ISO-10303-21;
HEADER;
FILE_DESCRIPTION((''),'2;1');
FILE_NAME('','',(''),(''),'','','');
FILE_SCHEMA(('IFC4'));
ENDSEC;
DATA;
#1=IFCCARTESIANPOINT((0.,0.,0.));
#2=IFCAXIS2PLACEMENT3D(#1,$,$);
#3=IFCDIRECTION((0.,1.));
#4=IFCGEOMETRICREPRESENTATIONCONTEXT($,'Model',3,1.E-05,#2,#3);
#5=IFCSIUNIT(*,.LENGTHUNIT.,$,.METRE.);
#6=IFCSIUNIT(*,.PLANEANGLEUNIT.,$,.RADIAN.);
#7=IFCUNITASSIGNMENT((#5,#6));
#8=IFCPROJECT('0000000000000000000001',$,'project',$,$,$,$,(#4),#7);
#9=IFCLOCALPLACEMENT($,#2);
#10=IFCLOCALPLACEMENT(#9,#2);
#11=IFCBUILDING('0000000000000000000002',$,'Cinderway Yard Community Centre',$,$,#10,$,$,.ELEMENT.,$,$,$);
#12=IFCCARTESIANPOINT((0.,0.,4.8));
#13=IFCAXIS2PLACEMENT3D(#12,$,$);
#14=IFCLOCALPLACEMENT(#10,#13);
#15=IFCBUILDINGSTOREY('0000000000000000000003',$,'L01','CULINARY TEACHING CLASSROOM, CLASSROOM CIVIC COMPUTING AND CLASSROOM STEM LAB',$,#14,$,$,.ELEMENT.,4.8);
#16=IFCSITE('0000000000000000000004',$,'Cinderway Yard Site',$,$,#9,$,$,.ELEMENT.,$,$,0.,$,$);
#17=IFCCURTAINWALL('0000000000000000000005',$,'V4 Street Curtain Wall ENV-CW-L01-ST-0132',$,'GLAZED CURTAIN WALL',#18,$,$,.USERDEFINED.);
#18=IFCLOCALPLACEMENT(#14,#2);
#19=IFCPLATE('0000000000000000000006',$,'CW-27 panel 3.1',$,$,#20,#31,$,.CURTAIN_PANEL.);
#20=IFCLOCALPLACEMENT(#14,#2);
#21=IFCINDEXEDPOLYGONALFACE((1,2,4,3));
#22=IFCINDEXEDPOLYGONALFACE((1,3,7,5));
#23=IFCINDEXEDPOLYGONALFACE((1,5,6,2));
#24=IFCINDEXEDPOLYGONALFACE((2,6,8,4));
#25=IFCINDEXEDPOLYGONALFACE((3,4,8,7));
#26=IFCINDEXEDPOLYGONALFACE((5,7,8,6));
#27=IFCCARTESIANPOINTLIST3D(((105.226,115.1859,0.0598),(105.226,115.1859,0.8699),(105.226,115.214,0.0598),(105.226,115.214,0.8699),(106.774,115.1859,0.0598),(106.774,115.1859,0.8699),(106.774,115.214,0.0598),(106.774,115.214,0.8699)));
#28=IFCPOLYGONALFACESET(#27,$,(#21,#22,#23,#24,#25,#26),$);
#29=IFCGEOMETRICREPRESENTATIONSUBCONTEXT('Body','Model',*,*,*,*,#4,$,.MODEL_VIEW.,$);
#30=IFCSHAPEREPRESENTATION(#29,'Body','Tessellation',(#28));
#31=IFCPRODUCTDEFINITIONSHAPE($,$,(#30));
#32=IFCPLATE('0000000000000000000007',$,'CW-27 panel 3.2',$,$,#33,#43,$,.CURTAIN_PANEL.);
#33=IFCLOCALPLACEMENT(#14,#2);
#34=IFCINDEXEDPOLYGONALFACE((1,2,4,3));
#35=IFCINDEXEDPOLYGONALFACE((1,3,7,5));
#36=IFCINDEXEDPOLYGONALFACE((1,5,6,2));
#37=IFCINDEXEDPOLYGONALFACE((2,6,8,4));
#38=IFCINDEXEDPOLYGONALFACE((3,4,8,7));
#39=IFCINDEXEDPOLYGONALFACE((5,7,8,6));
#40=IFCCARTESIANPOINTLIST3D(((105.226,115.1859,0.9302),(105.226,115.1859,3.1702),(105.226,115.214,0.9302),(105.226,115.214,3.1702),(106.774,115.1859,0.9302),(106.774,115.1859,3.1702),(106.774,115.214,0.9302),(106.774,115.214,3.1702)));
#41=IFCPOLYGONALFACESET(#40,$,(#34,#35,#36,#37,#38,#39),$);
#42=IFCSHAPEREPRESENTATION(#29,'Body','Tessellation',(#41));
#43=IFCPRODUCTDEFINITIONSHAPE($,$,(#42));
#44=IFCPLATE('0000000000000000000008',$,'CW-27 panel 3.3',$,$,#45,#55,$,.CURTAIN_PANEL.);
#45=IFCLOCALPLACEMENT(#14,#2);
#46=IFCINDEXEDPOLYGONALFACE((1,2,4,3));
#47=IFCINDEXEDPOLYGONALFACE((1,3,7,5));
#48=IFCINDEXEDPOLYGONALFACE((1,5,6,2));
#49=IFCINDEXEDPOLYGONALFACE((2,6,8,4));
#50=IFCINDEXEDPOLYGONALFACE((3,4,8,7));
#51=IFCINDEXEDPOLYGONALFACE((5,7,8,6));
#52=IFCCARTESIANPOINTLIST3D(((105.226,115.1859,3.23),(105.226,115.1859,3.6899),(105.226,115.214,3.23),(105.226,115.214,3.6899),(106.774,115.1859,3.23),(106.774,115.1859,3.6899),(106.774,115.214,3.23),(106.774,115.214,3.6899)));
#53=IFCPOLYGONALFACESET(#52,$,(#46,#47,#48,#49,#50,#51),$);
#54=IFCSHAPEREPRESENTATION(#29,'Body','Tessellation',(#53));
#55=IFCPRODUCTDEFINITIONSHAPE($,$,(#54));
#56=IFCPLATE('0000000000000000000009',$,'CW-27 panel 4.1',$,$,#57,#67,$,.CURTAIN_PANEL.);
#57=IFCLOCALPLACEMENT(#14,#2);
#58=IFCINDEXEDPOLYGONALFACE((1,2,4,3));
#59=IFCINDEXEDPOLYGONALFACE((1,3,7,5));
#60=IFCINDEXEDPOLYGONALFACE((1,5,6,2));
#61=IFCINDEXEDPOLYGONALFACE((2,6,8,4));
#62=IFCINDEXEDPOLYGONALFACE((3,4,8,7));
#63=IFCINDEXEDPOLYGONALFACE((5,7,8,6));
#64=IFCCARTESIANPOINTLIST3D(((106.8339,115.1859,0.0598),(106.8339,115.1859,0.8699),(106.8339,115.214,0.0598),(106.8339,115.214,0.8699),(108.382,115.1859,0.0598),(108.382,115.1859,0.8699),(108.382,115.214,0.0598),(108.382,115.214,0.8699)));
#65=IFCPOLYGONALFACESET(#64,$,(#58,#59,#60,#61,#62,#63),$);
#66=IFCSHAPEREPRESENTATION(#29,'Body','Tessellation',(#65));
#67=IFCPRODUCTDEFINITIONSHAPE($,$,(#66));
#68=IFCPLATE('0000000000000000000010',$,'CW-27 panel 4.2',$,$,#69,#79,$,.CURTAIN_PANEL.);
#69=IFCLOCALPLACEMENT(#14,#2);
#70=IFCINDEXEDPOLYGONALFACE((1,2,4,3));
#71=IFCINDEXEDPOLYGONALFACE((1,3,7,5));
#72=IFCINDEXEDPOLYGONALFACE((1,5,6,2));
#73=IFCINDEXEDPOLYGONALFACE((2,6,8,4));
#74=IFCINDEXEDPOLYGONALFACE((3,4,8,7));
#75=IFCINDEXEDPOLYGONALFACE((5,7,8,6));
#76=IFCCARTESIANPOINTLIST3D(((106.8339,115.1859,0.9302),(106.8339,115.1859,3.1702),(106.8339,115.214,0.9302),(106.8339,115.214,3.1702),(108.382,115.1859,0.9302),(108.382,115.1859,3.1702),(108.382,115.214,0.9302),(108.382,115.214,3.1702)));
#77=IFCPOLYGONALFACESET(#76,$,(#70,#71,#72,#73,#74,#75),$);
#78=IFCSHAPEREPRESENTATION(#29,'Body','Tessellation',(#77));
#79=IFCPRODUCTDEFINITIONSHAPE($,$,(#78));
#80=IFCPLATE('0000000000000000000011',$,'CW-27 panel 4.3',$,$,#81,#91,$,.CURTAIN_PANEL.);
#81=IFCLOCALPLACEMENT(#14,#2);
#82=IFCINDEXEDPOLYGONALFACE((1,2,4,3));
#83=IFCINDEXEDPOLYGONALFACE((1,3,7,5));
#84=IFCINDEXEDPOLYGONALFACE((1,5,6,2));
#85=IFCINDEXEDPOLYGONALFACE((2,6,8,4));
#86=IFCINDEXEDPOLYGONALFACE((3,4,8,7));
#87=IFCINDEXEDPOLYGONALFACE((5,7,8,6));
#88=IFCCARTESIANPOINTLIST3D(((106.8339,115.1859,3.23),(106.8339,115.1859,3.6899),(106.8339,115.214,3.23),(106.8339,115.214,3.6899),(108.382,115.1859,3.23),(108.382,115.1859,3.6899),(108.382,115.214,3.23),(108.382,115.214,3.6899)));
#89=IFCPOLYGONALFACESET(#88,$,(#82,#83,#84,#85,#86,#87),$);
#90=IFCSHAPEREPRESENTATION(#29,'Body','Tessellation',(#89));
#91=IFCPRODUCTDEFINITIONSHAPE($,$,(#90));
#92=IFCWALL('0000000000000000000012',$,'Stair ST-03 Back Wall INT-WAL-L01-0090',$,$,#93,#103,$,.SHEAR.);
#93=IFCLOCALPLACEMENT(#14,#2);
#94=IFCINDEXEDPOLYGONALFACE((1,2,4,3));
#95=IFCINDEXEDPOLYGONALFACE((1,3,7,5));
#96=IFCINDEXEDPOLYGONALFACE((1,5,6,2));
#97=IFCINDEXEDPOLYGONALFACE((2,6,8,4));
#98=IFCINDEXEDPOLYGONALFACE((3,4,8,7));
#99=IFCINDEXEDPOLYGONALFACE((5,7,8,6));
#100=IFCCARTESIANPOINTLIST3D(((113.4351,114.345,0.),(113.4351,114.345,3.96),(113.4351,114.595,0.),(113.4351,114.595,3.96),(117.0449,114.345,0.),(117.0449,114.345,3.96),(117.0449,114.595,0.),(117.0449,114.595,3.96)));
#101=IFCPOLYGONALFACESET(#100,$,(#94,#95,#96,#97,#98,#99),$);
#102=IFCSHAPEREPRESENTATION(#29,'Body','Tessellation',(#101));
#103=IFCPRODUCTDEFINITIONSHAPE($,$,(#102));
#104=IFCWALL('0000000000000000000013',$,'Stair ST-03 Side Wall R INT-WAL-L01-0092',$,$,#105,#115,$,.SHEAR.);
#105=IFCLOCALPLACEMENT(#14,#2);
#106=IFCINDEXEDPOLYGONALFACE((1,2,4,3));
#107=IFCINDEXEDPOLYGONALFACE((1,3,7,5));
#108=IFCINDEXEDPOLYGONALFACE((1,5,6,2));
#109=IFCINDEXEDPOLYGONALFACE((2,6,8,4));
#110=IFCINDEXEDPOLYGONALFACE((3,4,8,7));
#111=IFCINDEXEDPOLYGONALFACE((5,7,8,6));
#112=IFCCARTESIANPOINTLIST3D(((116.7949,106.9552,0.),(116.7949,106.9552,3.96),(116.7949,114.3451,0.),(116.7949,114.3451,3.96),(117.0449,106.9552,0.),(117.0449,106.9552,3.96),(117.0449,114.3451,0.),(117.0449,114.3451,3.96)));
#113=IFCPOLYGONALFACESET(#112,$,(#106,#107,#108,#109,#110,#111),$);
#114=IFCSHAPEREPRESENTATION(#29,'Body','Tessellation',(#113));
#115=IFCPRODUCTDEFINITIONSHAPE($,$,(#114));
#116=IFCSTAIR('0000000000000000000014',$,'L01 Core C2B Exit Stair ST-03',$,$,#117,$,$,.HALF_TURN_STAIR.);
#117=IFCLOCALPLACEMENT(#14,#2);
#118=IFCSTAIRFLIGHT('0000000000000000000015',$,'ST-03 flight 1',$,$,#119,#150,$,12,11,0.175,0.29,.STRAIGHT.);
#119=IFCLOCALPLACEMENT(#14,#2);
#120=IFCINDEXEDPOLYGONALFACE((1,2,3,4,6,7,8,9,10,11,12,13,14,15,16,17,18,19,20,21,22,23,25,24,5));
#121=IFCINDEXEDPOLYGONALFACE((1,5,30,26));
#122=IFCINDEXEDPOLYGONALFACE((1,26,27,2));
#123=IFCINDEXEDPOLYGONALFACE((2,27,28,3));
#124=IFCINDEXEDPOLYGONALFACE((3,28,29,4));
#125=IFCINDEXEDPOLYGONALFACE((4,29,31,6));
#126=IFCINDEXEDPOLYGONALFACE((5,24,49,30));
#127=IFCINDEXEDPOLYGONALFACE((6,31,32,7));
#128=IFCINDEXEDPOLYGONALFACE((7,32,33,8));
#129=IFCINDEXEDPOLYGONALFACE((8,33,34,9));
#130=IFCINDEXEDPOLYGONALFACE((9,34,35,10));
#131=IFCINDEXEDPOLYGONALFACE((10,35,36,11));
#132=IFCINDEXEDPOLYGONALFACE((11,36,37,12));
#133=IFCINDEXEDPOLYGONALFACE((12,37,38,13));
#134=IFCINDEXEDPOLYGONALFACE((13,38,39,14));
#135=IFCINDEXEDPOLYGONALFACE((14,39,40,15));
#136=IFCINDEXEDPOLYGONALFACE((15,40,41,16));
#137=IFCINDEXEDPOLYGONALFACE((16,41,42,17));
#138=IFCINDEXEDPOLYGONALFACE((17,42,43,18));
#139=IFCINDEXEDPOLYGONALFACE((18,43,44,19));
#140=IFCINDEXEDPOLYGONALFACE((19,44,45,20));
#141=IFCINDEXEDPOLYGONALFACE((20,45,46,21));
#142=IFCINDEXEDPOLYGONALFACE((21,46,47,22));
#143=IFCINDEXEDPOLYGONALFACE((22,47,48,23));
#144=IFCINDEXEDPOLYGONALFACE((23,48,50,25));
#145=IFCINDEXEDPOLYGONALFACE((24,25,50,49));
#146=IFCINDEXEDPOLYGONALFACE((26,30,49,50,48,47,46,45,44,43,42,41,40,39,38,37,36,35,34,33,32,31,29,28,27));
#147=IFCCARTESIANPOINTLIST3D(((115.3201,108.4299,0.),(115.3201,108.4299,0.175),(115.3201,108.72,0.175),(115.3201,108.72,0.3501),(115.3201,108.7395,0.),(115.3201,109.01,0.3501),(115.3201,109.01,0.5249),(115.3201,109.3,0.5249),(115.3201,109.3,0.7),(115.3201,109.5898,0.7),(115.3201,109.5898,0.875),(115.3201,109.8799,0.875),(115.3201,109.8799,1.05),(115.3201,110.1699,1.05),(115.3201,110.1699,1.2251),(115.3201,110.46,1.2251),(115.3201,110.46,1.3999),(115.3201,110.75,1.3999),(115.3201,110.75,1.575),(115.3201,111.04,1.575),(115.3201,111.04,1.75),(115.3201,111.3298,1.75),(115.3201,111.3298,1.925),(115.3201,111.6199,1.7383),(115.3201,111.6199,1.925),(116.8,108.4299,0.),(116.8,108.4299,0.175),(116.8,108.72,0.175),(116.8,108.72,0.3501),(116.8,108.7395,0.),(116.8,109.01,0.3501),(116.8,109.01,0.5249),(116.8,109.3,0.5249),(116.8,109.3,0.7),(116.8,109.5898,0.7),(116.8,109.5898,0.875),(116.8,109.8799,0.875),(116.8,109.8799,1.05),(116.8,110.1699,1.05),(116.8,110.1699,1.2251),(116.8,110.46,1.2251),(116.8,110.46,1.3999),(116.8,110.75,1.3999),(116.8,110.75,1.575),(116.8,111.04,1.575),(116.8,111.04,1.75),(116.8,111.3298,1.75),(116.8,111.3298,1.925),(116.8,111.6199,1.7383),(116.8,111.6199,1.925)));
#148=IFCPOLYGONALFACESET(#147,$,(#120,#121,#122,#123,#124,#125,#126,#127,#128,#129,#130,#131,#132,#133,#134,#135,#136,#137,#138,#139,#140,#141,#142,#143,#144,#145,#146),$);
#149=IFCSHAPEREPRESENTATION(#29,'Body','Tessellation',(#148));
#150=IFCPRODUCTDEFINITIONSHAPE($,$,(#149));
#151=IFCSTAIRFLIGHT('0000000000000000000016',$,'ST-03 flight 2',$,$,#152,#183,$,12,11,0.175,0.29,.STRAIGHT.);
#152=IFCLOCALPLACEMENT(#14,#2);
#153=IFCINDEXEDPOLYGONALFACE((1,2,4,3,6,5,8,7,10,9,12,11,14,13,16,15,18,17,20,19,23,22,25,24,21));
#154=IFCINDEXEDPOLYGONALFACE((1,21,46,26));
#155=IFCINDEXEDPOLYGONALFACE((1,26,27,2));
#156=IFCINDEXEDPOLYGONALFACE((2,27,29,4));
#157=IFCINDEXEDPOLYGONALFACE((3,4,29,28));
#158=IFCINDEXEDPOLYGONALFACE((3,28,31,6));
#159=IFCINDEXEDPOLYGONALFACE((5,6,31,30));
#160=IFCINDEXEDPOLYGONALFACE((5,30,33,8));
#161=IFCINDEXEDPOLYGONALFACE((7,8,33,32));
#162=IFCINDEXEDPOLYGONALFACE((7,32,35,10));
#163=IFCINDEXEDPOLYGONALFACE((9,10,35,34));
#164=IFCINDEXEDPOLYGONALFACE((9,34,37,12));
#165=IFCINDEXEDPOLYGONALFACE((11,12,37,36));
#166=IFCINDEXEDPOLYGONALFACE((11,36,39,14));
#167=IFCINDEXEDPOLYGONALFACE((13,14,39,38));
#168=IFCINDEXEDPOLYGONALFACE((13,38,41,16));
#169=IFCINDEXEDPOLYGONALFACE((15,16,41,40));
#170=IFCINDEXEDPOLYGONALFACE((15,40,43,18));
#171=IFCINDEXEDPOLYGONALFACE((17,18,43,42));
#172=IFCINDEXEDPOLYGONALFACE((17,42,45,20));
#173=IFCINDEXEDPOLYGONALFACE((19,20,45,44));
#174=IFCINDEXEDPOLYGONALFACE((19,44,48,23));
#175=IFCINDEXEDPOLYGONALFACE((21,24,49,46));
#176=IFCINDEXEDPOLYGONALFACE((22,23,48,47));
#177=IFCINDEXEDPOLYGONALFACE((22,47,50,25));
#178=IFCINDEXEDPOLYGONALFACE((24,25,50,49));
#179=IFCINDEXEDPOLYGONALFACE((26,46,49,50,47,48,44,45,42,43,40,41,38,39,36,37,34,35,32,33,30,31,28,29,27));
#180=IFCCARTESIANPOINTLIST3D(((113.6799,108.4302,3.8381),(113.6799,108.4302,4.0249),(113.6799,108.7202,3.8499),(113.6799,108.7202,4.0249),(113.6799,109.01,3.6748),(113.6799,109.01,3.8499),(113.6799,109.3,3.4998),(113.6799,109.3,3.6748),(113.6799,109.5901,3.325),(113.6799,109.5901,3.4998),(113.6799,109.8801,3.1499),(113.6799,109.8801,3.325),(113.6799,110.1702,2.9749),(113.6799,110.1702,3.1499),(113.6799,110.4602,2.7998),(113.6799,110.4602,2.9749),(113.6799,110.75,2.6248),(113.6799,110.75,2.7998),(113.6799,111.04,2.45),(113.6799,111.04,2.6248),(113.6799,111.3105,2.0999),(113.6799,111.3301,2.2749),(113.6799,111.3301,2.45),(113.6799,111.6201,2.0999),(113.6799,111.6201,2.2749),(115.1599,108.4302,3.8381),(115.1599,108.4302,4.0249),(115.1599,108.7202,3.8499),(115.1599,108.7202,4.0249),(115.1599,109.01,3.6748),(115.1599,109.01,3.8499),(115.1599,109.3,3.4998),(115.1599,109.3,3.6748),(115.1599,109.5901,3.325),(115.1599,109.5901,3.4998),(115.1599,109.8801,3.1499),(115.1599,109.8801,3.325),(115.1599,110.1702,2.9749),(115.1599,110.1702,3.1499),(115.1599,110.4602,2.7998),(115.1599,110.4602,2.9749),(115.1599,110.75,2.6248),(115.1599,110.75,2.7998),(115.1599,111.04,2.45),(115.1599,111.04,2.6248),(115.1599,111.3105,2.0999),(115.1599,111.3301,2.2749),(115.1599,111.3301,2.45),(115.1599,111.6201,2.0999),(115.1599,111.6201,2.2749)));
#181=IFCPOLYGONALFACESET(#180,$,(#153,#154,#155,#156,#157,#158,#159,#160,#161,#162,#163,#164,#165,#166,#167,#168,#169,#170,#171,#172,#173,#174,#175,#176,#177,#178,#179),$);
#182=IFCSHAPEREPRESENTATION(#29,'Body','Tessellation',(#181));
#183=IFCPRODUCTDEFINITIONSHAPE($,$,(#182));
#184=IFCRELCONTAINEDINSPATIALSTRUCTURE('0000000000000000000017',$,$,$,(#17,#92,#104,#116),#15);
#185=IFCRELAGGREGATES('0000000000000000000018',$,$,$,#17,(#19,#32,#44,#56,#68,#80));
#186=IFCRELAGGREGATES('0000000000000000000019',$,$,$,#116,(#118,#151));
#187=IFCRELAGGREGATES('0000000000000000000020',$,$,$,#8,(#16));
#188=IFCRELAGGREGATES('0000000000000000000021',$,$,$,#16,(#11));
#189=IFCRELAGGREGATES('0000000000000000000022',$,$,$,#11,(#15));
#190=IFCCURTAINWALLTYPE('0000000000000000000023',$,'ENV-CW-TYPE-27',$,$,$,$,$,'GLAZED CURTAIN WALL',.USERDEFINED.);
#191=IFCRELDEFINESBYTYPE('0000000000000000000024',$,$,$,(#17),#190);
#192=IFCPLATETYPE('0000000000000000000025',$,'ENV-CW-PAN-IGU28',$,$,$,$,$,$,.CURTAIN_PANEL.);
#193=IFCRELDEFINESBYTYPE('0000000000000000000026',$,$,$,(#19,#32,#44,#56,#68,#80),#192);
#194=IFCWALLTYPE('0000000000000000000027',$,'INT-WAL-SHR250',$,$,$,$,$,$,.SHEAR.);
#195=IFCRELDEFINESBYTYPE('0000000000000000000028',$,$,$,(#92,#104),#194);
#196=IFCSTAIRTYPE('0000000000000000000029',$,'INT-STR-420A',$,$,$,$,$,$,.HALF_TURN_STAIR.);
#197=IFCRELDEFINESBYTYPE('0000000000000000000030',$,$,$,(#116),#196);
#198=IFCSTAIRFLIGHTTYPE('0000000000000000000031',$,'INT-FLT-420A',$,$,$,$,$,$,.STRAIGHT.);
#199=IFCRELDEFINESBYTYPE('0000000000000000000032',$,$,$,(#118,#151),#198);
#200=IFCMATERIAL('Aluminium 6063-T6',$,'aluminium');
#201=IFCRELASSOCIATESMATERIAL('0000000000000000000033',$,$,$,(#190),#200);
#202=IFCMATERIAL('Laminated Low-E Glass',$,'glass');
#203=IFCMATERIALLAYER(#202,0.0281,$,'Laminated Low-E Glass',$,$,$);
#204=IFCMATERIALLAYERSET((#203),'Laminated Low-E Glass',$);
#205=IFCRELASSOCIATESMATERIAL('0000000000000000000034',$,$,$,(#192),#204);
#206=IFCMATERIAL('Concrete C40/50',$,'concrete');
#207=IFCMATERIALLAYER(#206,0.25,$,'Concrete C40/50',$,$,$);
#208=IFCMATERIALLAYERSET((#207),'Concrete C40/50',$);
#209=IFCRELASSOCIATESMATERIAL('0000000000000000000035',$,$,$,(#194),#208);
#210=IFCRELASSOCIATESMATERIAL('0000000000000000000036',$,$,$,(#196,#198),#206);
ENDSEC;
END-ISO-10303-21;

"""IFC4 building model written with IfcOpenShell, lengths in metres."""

from ifc_helpers import new_model, si_unit, direction, frame, frame_2d, origin, origin_2d, place, context, subcontext, project, spatial, polyline, rectangle, outline, extrude, material, layer, layer_set, type_object, element, aggregate, save


model = new_model("IFC4")

# Units and contexts
model_context = context("Model", 3, precision=1e-05, world=origin(), true_north=direction((0.0, 1.0)))
body_context = subcontext(model_context, "Body", "Model", "MODEL_VIEW")
ifc_project = project(units=[si_unit("LENGTHUNIT", "METRE"), si_unit("PLANEANGLEUNIT", "RADIAN")], contexts=[model_context])

# Site, building, storey
site_placement = place(None, origin())
site = spatial("IfcSite", under=ifc_project, at=site_placement, Name="Cinderway Yard Site", CompositionType="ELEMENT", RefElevation=0.0)
building_placement = place(site_placement, origin())
building = spatial("IfcBuilding", under=site, at=building_placement, Name="Cinderway Yard Community Centre", CompositionType="ELEMENT")
storey_placement = place(building_placement, frame((0.0, 0.0, 4.8)))
storey = spatial("IfcBuildingStorey", under=building, at=storey_placement, Name="L01", Description="CULINARY TEACHING CLASSROOM, CLASSROOM CIVIC COMPUTING AND CLASSROOM STEM LAB", CompositionType="ELEMENT", Elevation=4.8)

# Curtain wall, plates
ifc_material_1 = material(Name="Aluminium 6063-T6", Category="aluminium")
curtain_wall_type = type_object("IfcCurtainWallType", Name="ENV-CW-TYPE-27", ElementType="GLAZED CURTAIN WALL", PredefinedType="USERDEFINED", material=ifc_material_1)
curtain_wall_placement = place(storey_placement, origin())
curtain_wall = element("IfcCurtainWall", 1, at=curtain_wall_placement, inside=storey, type_object=curtain_wall_type, Name="V4 Street Curtain Wall ENV-CW-L01-ST-0132", ObjectType="GLAZED CURTAIN WALL", PredefinedType="USERDEFINED")
ifc_material_2 = material(Name="Laminated Low-E Glass", Category="glass")
ifc_layer_1 = layer(ifc_material_2, 0.0281, Name="Laminated Low-E Glass")
ifc_layer_set_1 = layer_set([ifc_layer_1], Name="Laminated Low-E Glass")
plate_type = type_object("IfcPlateType", Name="ENV-CW-PAN-IGU28", PredefinedType="CURTAIN_PANEL", material=ifc_layer_set_1)
plate_1_placement = place(storey_placement, frame((106.0, 115.2, 0.0598), z_axis=(0.0, 0.0, 1.0), x_axis=(1.0, 0.0, 0.0)))
plate_1 = element("IfcPlate", 2, at=plate_1_placement, type_object=plate_type, Name="CW-27 panel 3.1", PredefinedType="CURTAIN_PANEL", context=body_context, shape_type="SweptSolid", body=[
    extrude(rectangle(XDim=1.5481, YDim=0.0281, at=origin_2d()), origin(), (0.0, 0.0, 1.0), 0.8101),
])
plate_2_placement = place(storey_placement, frame((106.0, 115.2, 0.9302), z_axis=(0.0, 0.0, 1.0), x_axis=(1.0, 0.0, 0.0)))
plate_2 = element("IfcPlate", 3, at=plate_2_placement, type_object=plate_type, Name="CW-27 panel 3.2", PredefinedType="CURTAIN_PANEL", context=body_context, shape_type="SweptSolid", body=[
    extrude(rectangle(XDim=1.5481, YDim=0.0281, at=origin_2d()), origin(), (0.0, 0.0, 1.0), 2.24),
])
plate_3_placement = place(storey_placement, frame((106.0, 115.2, 3.23), z_axis=(0.0, 0.0, 1.0), x_axis=(1.0, 0.0, 0.0)))
plate_3 = element("IfcPlate", 4, at=plate_3_placement, type_object=plate_type, Name="CW-27 panel 3.3", PredefinedType="CURTAIN_PANEL", context=body_context, shape_type="SweptSolid", body=[
    extrude(rectangle(XDim=1.5481, YDim=0.0281, at=origin_2d()), origin(), (0.0, 0.0, 1.0), 0.46),
])
plate_4_placement = place(storey_placement, frame((107.6079, 115.2, 0.0598), z_axis=(0.0, 0.0, 1.0), x_axis=(1.0, 0.0, 0.0)))
plate_4 = element("IfcPlate", 5, at=plate_4_placement, type_object=plate_type, Name="CW-27 panel 4.1", PredefinedType="CURTAIN_PANEL", context=body_context, shape_type="SweptSolid", body=[
    extrude(rectangle(XDim=1.5481, YDim=0.0281, at=origin_2d()), origin(), (0.0, 0.0, 1.0), 0.8101),
])
plate_5_placement = place(storey_placement, frame((107.6079, 115.2, 0.9302), z_axis=(0.0, 0.0, 1.0), x_axis=(1.0, 0.0, 0.0)))
plate_5 = element("IfcPlate", 6, at=plate_5_placement, type_object=plate_type, Name="CW-27 panel 4.2", PredefinedType="CURTAIN_PANEL", context=body_context, shape_type="SweptSolid", body=[
    extrude(rectangle(XDim=1.5481, YDim=0.0281, at=origin_2d()), origin(), (0.0, 0.0, 1.0), 2.24),
])
plate_6_placement = place(storey_placement, frame((107.6079, 115.2, 3.23), z_axis=(0.0, 0.0, 1.0), x_axis=(1.0, 0.0, 0.0)))
plate_6 = element("IfcPlate", 7, at=plate_6_placement, type_object=plate_type, Name="CW-27 panel 4.3", PredefinedType="CURTAIN_PANEL", context=body_context, shape_type="SweptSolid", body=[
    extrude(rectangle(XDim=1.5481, YDim=0.0281, at=origin_2d()), origin(), (0.0, 0.0, 1.0), 0.46),
])
aggregate(curtain_wall, [plate_1, plate_2, plate_3, plate_4, plate_5, plate_6])

# Walls
ifc_material_3 = material(Name="Concrete C40/50", Category="concrete")
ifc_layer_2 = layer(ifc_material_3, 0.25, Name="Concrete C40/50")
ifc_layer_set_2 = layer_set([ifc_layer_2], Name="Concrete C40/50")
wall_type = type_object("IfcWallType", Name="INT-WAL-SHR250", PredefinedType="SHEAR", material=ifc_layer_set_2)
wall_1_placement = place(storey_placement, frame((113.4351, 114.47, 0.0), z_axis=(0.0, 0.0, 1.0), x_axis=(1.0, 0.0, 0.0)))
element("IfcWall", 8, at=wall_1_placement, inside=storey, type_object=wall_type, Name="Stair ST-03 Back Wall INT-WAL-L01-0090", PredefinedType="SHEAR", context=body_context, shape_type="SweptSolid", body=[
    extrude(rectangle(XDim=3.6099, YDim=0.25, at=frame_2d((1.8049, 0.0))), origin(), (0.0, 0.0, 1.0), 3.96),
])
wall_2_placement = place(storey_placement, frame((116.9199, 114.345, 0.0), z_axis=(0.0, 0.0, 1.0), x_axis=(0.0, -1.0, 0.0)))
element("IfcWall", 9, at=wall_2_placement, inside=storey, type_object=wall_type, Name="Stair ST-03 Side Wall R INT-WAL-L01-0092", PredefinedType="SHEAR", context=body_context, shape_type="SweptSolid", body=[
    extrude(rectangle(XDim=7.3899, YDim=0.25, at=frame_2d((3.6948, 0.0))), origin(), (0.0, 0.0, 1.0), 3.96),
])

# Stair, stair flights
stair_type = type_object("IfcStairType", Name="INT-STR-420A", PredefinedType="HALF_TURN_STAIR", material=ifc_material_3)
stair_placement = place(storey_placement, origin())
stair = element("IfcStair", 10, at=stair_placement, inside=storey, type_object=stair_type, Name="L01 Core C2B Exit Stair ST-03", PredefinedType="HALF_TURN_STAIR")
stair_flight_type = type_object("IfcStairFlightType", Name="INT-FLT-420A", PredefinedType="STRAIGHT", material=ifc_material_3)
stair_flight_1_placement = place(storey_placement, frame((116.0601, 108.4299, 0.0), z_axis=(0.0, 0.0, 1.0), x_axis=(0.0, 1.0, 0.0)))
stair_flight_1 = element("IfcStairFlight", 11, at=stair_flight_1_placement, type_object=stair_flight_type, Name="ST-03 flight 1", NumberOfRisers=12, NumberOfTreads=11, PredefinedType="STRAIGHT", RiserHeight=0.175, TreadLength=0.29, context=body_context, shape_type="SweptSolid", body=[
    extrude(outline(polyline([(0.0, 0.0), (0.0, 0.175), (0.29, 0.175), (0.29, 0.3501), (0.5801, 0.3501), (0.5801, 0.5249), (0.8701, 0.5249), (0.8701, 0.7), (1.1599, 0.7), (1.1599, 0.875), (1.45, 0.875), (1.45, 1.05), (1.74, 1.05), (1.74, 1.2251), (2.03, 1.2251), (2.03, 1.3999), (2.3201, 1.3999), (2.3201, 1.575), (2.6101, 1.575), (2.6101, 1.75), (2.8999, 1.75), (2.8999, 1.925), (3.1899, 1.925), (3.1899, 2.1001), (3.1899, 1.7383), (0.3096, 0.0), (0.0, 0.0)])), frame((0.0, 0.74, 0.0), z_axis=(0.0, -1.0, 0.0), x_axis=(1.0, 0.0, 0.0)), (0.0, 0.0, 1.0), 1.48),
])
stair_flight_2_placement = place(storey_placement, frame((114.4199, 111.6201, 2.0999), z_axis=(0.0, 0.0, 1.0), x_axis=(0.0, -1.0, 0.0)))
stair_flight_2 = element("IfcStairFlight", 12, at=stair_flight_2_placement, type_object=stair_flight_type, Name="ST-03 flight 2", NumberOfRisers=12, NumberOfTreads=11, PredefinedType="STRAIGHT", RiserHeight=0.175, TreadLength=0.29, context=body_context, shape_type="SweptSolid", body=[
    extrude(outline(polyline([(0.0, 0.0), (0.0, 0.175), (0.29, 0.175), (0.29, 0.3501), (0.5801, 0.3501), (0.5801, 0.5249), (0.8701, 0.5249), (0.8701, 0.7), (1.1599, 0.7), (1.1599, 0.875), (1.45, 0.875), (1.45, 1.05), (1.74, 1.05), (1.74, 1.2251), (2.03, 1.2251), (2.03, 1.3999), (2.3201, 1.3999), (2.3201, 1.575), (2.6101, 1.575), (2.6101, 1.75), (2.8999, 1.75), (2.8999, 1.925), (3.1899, 1.925), (3.1899, 2.1001), (3.1899, 1.7383), (0.3096, 0.0), (0.0, 0.0)])), frame((0.0, 0.74, 0.0), z_axis=(0.0, -1.0, 0.0), x_axis=(1.0, 0.0, 0.0)), (0.0, 0.0, 1.0), 1.48),
])
aggregate(stair, [stair_flight_1, stair_flight_2])

save(model, "model.ifc")
